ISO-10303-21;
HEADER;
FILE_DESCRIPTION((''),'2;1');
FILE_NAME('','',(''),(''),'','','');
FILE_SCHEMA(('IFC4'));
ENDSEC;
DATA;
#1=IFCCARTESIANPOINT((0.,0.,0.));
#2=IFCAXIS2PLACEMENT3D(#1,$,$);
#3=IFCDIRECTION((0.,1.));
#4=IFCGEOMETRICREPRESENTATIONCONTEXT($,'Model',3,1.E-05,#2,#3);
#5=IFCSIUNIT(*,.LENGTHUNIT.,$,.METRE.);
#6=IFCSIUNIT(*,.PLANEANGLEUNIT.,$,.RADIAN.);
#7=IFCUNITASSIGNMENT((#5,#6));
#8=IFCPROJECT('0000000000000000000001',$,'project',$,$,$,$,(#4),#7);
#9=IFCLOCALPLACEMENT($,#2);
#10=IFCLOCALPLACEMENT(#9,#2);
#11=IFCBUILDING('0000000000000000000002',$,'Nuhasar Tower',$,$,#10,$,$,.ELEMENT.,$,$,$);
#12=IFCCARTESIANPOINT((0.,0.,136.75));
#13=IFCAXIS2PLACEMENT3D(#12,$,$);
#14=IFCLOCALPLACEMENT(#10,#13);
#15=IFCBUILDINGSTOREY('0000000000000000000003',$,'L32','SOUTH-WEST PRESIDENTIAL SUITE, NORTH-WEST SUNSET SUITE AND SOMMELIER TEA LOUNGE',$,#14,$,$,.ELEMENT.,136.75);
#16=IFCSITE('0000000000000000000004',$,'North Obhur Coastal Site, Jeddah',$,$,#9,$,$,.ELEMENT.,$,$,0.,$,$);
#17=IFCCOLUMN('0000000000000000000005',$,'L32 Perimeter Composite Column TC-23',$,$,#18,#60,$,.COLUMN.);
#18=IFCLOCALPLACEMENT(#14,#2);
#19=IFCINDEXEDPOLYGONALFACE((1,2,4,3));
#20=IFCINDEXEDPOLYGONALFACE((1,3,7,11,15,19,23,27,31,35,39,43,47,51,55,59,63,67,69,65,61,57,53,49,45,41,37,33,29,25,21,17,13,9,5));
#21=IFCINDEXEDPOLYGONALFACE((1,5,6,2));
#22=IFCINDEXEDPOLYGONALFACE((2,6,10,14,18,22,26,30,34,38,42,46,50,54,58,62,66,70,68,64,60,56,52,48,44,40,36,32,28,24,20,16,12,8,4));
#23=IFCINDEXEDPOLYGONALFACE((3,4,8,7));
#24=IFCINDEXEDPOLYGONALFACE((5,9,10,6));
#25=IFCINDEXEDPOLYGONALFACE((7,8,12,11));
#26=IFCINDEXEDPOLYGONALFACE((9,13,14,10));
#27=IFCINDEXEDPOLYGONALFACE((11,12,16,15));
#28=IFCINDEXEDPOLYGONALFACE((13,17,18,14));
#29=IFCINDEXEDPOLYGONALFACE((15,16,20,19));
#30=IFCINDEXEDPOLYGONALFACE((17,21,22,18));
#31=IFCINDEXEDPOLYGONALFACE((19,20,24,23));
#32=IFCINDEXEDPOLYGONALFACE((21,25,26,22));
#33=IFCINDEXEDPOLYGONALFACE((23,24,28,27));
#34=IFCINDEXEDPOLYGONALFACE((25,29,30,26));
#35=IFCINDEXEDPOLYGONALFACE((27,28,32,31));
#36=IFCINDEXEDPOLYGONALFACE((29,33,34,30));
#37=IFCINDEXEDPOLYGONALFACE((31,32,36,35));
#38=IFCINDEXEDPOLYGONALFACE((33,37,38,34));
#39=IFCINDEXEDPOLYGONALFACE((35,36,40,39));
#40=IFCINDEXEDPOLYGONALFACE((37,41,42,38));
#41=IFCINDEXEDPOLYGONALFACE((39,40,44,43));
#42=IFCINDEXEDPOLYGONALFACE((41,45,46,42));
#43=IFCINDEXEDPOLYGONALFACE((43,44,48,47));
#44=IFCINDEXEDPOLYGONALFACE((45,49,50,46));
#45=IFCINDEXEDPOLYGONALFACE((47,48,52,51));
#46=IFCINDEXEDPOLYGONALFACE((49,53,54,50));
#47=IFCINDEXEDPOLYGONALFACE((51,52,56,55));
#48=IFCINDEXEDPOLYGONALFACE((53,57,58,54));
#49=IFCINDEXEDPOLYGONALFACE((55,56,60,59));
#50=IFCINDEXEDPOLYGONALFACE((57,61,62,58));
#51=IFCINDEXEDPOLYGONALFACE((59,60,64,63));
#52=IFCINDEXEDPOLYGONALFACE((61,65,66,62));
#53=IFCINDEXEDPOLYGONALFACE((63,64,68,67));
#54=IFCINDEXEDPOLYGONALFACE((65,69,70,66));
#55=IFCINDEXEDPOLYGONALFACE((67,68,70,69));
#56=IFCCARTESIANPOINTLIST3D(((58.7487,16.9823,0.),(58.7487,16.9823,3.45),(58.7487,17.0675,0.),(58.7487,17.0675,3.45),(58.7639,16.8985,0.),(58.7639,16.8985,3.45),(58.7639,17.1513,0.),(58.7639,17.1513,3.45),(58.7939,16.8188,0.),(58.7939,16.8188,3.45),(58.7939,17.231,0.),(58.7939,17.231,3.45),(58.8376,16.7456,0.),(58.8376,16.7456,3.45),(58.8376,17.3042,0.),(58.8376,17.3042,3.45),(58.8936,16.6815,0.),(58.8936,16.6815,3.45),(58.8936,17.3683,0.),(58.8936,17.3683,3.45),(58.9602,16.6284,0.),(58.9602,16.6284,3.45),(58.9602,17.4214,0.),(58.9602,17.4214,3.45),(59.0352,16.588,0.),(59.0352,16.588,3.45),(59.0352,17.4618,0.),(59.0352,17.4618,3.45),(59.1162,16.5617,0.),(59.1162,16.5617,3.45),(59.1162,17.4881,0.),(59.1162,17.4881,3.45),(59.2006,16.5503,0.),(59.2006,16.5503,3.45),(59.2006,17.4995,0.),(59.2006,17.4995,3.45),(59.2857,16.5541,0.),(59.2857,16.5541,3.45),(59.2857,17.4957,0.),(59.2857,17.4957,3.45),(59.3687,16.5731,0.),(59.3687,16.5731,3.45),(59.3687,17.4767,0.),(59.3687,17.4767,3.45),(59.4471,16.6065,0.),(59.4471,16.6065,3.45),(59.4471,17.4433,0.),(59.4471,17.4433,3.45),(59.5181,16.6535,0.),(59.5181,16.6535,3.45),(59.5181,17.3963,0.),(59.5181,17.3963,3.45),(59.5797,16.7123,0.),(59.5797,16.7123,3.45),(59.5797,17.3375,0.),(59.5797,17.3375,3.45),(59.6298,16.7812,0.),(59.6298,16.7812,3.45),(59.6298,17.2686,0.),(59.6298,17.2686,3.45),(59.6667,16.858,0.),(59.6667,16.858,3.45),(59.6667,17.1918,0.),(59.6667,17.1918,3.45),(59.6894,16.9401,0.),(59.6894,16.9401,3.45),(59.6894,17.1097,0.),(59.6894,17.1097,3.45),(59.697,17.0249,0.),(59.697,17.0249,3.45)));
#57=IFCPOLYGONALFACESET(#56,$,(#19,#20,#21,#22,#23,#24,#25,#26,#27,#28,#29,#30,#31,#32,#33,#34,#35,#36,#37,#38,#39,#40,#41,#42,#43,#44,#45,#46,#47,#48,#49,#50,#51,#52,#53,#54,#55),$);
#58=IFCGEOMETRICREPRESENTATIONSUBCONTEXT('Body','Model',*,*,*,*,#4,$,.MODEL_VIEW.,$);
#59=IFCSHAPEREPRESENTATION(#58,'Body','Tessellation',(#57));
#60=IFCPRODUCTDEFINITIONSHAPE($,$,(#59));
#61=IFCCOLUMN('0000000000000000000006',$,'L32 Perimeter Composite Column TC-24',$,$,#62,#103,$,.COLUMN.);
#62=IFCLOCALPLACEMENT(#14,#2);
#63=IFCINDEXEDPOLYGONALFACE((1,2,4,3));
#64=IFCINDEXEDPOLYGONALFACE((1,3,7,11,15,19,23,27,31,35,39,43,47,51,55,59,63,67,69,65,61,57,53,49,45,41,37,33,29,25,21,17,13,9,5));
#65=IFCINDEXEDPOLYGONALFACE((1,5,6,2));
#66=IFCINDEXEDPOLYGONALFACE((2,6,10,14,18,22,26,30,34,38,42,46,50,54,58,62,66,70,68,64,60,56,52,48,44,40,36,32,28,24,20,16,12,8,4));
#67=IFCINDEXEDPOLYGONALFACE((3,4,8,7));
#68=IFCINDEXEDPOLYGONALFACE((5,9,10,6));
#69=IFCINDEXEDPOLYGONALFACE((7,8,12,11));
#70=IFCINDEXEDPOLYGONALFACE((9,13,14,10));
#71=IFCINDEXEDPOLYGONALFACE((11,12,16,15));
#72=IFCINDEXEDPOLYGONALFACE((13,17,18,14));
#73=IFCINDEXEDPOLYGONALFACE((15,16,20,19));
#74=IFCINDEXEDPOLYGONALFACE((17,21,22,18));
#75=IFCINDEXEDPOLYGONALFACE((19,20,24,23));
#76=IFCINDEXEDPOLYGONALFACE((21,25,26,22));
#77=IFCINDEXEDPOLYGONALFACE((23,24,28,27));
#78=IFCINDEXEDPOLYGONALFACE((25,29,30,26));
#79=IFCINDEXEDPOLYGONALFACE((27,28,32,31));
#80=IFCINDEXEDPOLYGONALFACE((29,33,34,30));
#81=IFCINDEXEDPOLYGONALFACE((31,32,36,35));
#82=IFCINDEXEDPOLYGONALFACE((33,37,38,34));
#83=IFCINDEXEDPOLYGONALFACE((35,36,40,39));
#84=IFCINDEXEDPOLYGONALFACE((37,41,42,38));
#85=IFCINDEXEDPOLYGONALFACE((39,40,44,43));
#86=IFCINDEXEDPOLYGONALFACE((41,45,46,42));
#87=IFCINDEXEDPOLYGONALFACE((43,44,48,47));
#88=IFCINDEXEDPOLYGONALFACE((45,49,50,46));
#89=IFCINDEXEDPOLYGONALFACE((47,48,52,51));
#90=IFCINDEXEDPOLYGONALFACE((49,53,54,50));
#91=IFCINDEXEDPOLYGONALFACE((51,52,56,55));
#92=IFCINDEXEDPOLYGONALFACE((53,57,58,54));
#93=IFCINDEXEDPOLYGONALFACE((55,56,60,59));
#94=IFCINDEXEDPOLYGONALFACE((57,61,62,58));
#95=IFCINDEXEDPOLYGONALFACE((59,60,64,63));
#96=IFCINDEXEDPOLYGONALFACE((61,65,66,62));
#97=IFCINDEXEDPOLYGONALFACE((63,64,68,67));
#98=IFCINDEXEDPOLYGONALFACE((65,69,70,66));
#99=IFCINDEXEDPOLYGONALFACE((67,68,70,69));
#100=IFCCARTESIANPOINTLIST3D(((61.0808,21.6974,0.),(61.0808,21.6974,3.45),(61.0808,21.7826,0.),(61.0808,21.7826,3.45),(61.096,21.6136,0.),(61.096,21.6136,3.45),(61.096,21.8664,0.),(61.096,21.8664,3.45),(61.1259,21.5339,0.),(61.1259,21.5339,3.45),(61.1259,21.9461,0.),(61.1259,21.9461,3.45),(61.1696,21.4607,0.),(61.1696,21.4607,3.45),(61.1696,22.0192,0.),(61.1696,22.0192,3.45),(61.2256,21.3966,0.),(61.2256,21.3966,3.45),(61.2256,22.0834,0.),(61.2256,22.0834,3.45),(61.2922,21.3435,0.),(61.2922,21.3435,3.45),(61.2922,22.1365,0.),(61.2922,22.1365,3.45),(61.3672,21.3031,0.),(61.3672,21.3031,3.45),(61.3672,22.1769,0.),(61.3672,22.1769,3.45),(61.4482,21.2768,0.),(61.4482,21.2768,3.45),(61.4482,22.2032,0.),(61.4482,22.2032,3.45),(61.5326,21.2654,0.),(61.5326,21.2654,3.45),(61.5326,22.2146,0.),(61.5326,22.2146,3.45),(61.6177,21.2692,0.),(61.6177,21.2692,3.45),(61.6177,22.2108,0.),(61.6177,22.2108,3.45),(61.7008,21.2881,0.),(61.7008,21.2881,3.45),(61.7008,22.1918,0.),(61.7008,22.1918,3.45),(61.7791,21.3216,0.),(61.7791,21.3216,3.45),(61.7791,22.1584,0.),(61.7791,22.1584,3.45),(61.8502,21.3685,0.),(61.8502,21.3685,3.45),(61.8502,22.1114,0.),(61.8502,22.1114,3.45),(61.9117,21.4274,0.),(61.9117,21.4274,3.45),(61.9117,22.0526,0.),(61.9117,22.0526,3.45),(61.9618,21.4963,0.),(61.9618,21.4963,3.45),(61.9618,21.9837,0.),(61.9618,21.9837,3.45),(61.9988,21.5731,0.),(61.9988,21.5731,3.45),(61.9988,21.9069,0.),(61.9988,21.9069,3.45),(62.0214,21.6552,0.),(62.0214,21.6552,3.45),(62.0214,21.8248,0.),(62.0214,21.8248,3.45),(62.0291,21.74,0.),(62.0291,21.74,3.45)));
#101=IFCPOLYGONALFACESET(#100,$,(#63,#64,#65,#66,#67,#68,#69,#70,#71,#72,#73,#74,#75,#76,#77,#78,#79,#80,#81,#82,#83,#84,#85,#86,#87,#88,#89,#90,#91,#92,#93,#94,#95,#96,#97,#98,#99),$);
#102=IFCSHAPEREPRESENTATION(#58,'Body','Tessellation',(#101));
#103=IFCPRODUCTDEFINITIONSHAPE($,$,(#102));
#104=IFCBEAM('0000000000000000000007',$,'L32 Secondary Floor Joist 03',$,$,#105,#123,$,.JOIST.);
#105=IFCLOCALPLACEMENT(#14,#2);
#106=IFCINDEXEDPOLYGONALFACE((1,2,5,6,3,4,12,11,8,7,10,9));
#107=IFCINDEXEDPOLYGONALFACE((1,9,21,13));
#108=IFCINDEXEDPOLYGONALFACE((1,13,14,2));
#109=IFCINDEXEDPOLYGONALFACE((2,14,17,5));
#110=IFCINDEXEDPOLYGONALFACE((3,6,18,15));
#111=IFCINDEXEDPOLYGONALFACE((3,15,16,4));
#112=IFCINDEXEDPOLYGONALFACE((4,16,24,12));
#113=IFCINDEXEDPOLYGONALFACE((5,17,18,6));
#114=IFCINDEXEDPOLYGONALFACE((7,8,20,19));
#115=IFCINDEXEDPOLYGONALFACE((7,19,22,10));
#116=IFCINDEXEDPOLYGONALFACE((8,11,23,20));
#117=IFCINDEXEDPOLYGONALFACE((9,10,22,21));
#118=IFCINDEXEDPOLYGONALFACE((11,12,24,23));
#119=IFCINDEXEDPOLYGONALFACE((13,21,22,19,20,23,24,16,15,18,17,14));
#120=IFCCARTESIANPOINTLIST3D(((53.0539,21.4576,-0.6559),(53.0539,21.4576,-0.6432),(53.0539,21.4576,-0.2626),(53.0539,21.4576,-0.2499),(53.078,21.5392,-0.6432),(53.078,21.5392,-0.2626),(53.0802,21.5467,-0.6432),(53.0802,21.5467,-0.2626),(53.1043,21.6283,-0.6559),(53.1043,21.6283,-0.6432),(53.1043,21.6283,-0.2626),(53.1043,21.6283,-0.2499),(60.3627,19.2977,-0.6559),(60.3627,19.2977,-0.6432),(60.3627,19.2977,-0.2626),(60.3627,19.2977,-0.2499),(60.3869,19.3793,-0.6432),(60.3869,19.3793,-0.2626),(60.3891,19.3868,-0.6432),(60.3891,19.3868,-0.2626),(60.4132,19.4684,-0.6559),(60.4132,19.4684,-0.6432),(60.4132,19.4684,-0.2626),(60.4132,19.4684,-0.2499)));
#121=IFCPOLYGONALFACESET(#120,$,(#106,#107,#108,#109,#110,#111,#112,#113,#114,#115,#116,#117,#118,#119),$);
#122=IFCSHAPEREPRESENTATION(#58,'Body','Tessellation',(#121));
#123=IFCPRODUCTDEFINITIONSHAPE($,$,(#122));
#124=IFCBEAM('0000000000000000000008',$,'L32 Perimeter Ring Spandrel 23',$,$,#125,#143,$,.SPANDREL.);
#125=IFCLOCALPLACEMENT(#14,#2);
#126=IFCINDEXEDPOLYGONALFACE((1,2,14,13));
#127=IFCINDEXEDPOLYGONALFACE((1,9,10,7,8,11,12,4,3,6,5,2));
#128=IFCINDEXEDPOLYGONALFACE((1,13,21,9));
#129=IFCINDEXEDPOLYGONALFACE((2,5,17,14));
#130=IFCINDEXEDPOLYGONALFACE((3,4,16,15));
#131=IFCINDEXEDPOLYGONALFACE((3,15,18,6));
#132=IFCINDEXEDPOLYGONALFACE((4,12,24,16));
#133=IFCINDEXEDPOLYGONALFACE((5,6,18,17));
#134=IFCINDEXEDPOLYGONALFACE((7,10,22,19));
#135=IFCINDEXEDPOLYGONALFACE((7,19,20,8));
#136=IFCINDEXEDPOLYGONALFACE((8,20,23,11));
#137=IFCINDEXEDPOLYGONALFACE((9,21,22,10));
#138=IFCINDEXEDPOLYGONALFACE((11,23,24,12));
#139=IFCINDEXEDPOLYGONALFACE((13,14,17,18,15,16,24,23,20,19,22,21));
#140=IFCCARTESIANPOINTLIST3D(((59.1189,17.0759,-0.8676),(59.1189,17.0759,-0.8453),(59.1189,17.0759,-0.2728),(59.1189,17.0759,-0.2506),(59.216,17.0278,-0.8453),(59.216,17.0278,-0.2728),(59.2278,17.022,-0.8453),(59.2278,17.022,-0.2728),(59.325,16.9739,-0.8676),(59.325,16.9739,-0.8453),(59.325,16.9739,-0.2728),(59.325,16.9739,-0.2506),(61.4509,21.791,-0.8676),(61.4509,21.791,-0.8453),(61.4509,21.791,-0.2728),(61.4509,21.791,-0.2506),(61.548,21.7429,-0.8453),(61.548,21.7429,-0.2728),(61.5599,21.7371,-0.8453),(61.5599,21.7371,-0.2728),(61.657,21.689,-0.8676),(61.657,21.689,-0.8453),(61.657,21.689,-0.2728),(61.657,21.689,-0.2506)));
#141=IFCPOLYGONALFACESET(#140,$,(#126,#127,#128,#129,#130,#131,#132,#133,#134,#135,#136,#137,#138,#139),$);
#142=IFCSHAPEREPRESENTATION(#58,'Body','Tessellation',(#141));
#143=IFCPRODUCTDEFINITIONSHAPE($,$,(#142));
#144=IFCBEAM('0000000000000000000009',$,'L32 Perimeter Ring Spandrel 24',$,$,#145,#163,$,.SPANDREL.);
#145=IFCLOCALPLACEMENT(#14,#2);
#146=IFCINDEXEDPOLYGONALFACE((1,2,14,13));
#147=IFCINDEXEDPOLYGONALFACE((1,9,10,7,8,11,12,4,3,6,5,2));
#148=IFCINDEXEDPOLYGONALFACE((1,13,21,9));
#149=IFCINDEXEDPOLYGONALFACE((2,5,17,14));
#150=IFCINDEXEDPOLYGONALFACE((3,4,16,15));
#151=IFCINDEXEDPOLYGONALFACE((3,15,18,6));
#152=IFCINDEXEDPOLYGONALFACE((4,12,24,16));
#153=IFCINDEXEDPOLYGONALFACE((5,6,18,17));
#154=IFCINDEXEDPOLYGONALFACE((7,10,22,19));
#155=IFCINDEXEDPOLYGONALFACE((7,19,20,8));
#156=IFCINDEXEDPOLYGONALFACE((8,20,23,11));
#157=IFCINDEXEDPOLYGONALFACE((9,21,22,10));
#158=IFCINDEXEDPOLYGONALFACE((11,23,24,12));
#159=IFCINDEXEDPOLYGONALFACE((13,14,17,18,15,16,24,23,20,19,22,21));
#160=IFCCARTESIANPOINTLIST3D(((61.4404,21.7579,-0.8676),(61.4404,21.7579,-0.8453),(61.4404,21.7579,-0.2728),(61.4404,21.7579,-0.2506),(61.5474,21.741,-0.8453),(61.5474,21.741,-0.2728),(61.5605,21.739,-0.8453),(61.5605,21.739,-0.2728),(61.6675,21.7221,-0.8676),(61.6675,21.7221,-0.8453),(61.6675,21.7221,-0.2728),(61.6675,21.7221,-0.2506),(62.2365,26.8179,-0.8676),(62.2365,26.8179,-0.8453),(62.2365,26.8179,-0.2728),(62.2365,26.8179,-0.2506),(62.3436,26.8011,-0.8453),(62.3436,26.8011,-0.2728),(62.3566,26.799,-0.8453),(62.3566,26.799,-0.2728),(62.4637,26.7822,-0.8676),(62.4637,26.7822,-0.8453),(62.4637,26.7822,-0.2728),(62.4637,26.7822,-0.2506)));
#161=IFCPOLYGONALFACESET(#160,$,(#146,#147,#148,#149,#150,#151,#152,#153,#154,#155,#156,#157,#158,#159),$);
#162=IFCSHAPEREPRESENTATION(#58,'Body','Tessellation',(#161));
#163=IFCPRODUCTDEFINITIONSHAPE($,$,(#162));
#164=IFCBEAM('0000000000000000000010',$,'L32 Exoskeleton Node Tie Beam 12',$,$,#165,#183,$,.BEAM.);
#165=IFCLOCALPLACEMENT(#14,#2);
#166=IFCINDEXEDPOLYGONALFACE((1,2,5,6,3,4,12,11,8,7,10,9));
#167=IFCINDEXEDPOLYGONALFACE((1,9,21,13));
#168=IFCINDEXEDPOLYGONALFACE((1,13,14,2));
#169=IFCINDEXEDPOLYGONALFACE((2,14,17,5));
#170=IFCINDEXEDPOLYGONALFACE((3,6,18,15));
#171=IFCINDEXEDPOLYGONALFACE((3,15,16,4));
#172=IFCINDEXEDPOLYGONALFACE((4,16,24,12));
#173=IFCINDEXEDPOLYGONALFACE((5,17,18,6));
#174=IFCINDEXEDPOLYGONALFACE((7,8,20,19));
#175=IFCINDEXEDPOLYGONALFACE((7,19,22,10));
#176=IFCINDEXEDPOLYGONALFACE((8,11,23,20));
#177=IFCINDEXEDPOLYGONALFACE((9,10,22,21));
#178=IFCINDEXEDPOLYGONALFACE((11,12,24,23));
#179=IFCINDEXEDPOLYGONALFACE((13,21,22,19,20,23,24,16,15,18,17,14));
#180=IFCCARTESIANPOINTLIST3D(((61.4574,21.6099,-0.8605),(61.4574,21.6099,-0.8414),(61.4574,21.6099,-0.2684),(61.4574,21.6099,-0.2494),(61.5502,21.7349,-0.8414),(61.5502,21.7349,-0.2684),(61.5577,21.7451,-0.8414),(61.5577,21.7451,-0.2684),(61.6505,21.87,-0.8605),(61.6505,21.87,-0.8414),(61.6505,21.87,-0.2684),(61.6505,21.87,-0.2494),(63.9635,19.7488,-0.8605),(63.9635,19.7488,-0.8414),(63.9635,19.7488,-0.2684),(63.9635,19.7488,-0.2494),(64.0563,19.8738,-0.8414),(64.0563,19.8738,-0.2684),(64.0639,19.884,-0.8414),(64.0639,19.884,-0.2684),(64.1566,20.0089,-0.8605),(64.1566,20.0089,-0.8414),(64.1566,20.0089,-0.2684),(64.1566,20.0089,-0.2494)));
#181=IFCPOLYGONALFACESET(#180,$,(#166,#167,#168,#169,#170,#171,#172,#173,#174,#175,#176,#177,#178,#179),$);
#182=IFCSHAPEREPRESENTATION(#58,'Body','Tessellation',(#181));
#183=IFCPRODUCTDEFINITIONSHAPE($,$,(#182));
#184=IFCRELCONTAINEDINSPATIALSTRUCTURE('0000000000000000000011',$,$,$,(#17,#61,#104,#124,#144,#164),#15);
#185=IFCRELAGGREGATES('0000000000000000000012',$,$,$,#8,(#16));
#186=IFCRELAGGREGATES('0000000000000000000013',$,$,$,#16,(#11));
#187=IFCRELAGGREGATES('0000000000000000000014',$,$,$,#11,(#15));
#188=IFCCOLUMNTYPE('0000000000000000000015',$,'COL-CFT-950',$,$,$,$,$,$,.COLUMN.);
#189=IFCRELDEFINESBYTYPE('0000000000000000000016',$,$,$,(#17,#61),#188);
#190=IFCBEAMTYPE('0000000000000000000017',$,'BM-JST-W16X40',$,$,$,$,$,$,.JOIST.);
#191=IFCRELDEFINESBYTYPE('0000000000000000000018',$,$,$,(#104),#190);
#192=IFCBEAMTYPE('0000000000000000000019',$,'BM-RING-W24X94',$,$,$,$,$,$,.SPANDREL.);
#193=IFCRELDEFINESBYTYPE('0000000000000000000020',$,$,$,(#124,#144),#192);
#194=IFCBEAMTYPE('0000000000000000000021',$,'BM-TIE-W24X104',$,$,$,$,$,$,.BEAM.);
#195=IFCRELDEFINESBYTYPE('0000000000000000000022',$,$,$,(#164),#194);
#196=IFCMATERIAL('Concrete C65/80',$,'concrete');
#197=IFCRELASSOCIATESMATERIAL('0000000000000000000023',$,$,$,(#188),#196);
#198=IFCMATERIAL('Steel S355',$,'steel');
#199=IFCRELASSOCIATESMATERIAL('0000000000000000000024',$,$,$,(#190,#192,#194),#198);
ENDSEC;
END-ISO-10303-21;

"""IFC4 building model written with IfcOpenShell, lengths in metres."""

from ifc_helpers import new_model, si_unit, direction, frame, origin, origin_2d, place, context, subcontext, project, spatial, circle, i_section, extrude, material, material_profile, profile_set, type_object, element, save


model = new_model("IFC4")

# Units and contexts
model_context = context("Model", 3, precision=1e-05, world=origin(), true_north=direction((0.0, 1.0)))
body_context = subcontext(model_context, "Body", "Model", "MODEL_VIEW")
ifc_project = project(units=[si_unit("LENGTHUNIT", "METRE"), si_unit("PLANEANGLEUNIT", "RADIAN")], contexts=[model_context])

# Site, building, storey
site_placement = place(None, origin())
site = spatial("IfcSite", under=ifc_project, at=site_placement, Name="North Obhur Coastal Site, Jeddah", CompositionType="ELEMENT", RefElevation=0.0)
building_placement = place(site_placement, origin())
building = spatial("IfcBuilding", under=site, at=building_placement, Name="Nuhasar Tower", CompositionType="ELEMENT")
storey_placement = place(building_placement, frame((0.0, 0.0, 136.75)))
storey = spatial("IfcBuildingStorey", under=building, at=storey_placement, Name="L32", Description="SOUTH-WEST PRESIDENTIAL SUITE, NORTH-WEST SUNSET SUITE AND SOMMELIER TEA LOUNGE", CompositionType="ELEMENT", Elevation=136.75)

# Columns
ifc_material_1 = material(Name="Concrete C65/80", Category="concrete")
ifc_material_profile_1 = material_profile(ifc_material_1, circle(Radius=0.4751, at=origin_2d()), Name="CFT950")
ifc_profile_set_1 = profile_set([ifc_material_profile_1], Name="Concrete C65/80")
column_type = type_object("IfcColumnType", Name="COL-CFT-950", PredefinedType="COLUMN", material=ifc_profile_set_1)
for number, where, z_axis, x_axis, name in (
    (1, (59.2219, 17.0249, 0.0), (0.0, 0.0, 1.0), (1.0, 0.0, 0.0), "L32 Perimeter Composite Column TC-23"),
    (2, (61.554, 21.74, 0.0), (0.0, 0.0, 1.0), (1.0, 0.0, 0.0), "L32 Perimeter Composite Column TC-24"),
):
    element("IfcColumn", number, at=place(storey_placement, frame(where, z_axis=z_axis, x_axis=x_axis)), inside=storey, type_object=column_type, Name=name, PredefinedType="COLUMN", context=body_context, shape_type="SweptSolid", body=[
        extrude(circle(Radius=0.4751, at=origin_2d()), origin(), (0.0, 0.0, 1.0), 3.45),
    ])

# Beams
ifc_material_2 = material(Name="Steel S355", Category="steel")
ifc_material_profile_2 = material_profile(ifc_material_2, i_section(OverallWidth=0.178, OverallDepth=0.406, WebThickness=0.0078, FlangeThickness=0.0127, at=origin_2d()), Name="W16X40")
ifc_profile_set_2 = profile_set([ifc_material_profile_2], Name="Steel S355")
beam_type_1 = type_object("IfcBeamType", Name="BM-JST-W16X40", PredefinedType="JOIST", material=ifc_profile_set_2)
beam_1_placement = place(storey_placement, frame((53.0791, 21.543, -0.4529), z_axis=(0.959, -0.283404, 0.0), x_axis=(0.283404, 0.959, 0.0)))
element("IfcBeam", 3, at=beam_1_placement, inside=storey, type_object=beam_type_1, Name="L32 Secondary Floor Joist 03", PredefinedType="JOIST", context=body_context, shape_type="SweptSolid", body=[
    extrude(i_section(OverallWidth=0.178, OverallDepth=0.406, WebThickness=0.0078, FlangeThickness=0.0127, at=origin_2d()), origin(), (0.0, 0.0, 1.0), 7.6213),
])
ifc_material_profile_3 = material_profile(ifc_material_2, i_section(OverallWidth=0.23, OverallDepth=0.6169, WebThickness=0.0132, FlangeThickness=0.0222, at=origin_2d()), Name="W24X94")
ifc_profile_set_3 = profile_set([ifc_material_profile_3], Name="Steel S355")
beam_type_2 = type_object("IfcBeamType", Name="BM-RING-W24X94", PredefinedType="SPANDREL", material=ifc_profile_set_3)
beam_2_placement = place(storey_placement, frame((59.2219, 17.0249, -0.5591), z_axis=(0.443329, 0.896359, 0.0), x_axis=(-0.896359, 0.443329, 0.0)))
element("IfcBeam", 4, at=beam_2_placement, inside=storey, type_object=beam_type_2, Name="L32 Perimeter Ring Spandrel 23", PredefinedType="SPANDREL", context=body_context, shape_type="SweptSolid", body=[
    extrude(i_section(OverallWidth=0.23, OverallDepth=0.6169, WebThickness=0.0132, FlangeThickness=0.0222, at=origin_2d()), origin(), (0.0, 0.0, 1.0), 5.2603),
])
beam_3_placement = place(storey_placement, frame((61.554, 21.74, -0.5591), z_axis=(0.155427, 0.987847, 0.0), x_axis=(-0.987847, 0.155427, 0.0)))
element("IfcBeam", 5, at=beam_3_placement, inside=storey, type_object=beam_type_2, Name="L32 Perimeter Ring Spandrel 24", PredefinedType="SPANDREL", context=body_context, shape_type="SweptSolid", body=[
    extrude(i_section(OverallWidth=0.23, OverallDepth=0.6169, WebThickness=0.0132, FlangeThickness=0.0222, at=origin_2d()), origin(), (0.0, 0.0, 1.0), 5.1223),
])
ifc_material_profile_4 = material_profile(ifc_material_2, i_section(OverallWidth=0.324, OverallDepth=0.6111, WebThickness=0.0127, FlangeThickness=0.019, at=origin_2d()), Name="W24X104")
ifc_profile_set_4 = profile_set([ifc_material_profile_4], Name="Steel S355")
beam_type_3 = type_object("IfcBeamType", Name="BM-TIE-W24X104", PredefinedType="BEAM", material=ifc_profile_set_4)
beam_4_placement = place(storey_placement, frame((61.554, 21.74, -0.5549), z_axis=(0.802835, -0.596202, 0.0), x_axis=(0.596202, 0.802835, 0.0)))
element("IfcBeam", 6, at=beam_4_placement, inside=storey, type_object=beam_type_3, Name="L32 Exoskeleton Node Tie Beam 12", PredefinedType="BEAM", context=body_context, shape_type="SweptSolid", body=[
    extrude(i_section(OverallWidth=0.324, OverallDepth=0.6111, WebThickness=0.0127, FlangeThickness=0.019, at=origin_2d()), origin(), (0.0, 0.0, 1.0), 3.1216),
])

save(model, "model.ifc")
